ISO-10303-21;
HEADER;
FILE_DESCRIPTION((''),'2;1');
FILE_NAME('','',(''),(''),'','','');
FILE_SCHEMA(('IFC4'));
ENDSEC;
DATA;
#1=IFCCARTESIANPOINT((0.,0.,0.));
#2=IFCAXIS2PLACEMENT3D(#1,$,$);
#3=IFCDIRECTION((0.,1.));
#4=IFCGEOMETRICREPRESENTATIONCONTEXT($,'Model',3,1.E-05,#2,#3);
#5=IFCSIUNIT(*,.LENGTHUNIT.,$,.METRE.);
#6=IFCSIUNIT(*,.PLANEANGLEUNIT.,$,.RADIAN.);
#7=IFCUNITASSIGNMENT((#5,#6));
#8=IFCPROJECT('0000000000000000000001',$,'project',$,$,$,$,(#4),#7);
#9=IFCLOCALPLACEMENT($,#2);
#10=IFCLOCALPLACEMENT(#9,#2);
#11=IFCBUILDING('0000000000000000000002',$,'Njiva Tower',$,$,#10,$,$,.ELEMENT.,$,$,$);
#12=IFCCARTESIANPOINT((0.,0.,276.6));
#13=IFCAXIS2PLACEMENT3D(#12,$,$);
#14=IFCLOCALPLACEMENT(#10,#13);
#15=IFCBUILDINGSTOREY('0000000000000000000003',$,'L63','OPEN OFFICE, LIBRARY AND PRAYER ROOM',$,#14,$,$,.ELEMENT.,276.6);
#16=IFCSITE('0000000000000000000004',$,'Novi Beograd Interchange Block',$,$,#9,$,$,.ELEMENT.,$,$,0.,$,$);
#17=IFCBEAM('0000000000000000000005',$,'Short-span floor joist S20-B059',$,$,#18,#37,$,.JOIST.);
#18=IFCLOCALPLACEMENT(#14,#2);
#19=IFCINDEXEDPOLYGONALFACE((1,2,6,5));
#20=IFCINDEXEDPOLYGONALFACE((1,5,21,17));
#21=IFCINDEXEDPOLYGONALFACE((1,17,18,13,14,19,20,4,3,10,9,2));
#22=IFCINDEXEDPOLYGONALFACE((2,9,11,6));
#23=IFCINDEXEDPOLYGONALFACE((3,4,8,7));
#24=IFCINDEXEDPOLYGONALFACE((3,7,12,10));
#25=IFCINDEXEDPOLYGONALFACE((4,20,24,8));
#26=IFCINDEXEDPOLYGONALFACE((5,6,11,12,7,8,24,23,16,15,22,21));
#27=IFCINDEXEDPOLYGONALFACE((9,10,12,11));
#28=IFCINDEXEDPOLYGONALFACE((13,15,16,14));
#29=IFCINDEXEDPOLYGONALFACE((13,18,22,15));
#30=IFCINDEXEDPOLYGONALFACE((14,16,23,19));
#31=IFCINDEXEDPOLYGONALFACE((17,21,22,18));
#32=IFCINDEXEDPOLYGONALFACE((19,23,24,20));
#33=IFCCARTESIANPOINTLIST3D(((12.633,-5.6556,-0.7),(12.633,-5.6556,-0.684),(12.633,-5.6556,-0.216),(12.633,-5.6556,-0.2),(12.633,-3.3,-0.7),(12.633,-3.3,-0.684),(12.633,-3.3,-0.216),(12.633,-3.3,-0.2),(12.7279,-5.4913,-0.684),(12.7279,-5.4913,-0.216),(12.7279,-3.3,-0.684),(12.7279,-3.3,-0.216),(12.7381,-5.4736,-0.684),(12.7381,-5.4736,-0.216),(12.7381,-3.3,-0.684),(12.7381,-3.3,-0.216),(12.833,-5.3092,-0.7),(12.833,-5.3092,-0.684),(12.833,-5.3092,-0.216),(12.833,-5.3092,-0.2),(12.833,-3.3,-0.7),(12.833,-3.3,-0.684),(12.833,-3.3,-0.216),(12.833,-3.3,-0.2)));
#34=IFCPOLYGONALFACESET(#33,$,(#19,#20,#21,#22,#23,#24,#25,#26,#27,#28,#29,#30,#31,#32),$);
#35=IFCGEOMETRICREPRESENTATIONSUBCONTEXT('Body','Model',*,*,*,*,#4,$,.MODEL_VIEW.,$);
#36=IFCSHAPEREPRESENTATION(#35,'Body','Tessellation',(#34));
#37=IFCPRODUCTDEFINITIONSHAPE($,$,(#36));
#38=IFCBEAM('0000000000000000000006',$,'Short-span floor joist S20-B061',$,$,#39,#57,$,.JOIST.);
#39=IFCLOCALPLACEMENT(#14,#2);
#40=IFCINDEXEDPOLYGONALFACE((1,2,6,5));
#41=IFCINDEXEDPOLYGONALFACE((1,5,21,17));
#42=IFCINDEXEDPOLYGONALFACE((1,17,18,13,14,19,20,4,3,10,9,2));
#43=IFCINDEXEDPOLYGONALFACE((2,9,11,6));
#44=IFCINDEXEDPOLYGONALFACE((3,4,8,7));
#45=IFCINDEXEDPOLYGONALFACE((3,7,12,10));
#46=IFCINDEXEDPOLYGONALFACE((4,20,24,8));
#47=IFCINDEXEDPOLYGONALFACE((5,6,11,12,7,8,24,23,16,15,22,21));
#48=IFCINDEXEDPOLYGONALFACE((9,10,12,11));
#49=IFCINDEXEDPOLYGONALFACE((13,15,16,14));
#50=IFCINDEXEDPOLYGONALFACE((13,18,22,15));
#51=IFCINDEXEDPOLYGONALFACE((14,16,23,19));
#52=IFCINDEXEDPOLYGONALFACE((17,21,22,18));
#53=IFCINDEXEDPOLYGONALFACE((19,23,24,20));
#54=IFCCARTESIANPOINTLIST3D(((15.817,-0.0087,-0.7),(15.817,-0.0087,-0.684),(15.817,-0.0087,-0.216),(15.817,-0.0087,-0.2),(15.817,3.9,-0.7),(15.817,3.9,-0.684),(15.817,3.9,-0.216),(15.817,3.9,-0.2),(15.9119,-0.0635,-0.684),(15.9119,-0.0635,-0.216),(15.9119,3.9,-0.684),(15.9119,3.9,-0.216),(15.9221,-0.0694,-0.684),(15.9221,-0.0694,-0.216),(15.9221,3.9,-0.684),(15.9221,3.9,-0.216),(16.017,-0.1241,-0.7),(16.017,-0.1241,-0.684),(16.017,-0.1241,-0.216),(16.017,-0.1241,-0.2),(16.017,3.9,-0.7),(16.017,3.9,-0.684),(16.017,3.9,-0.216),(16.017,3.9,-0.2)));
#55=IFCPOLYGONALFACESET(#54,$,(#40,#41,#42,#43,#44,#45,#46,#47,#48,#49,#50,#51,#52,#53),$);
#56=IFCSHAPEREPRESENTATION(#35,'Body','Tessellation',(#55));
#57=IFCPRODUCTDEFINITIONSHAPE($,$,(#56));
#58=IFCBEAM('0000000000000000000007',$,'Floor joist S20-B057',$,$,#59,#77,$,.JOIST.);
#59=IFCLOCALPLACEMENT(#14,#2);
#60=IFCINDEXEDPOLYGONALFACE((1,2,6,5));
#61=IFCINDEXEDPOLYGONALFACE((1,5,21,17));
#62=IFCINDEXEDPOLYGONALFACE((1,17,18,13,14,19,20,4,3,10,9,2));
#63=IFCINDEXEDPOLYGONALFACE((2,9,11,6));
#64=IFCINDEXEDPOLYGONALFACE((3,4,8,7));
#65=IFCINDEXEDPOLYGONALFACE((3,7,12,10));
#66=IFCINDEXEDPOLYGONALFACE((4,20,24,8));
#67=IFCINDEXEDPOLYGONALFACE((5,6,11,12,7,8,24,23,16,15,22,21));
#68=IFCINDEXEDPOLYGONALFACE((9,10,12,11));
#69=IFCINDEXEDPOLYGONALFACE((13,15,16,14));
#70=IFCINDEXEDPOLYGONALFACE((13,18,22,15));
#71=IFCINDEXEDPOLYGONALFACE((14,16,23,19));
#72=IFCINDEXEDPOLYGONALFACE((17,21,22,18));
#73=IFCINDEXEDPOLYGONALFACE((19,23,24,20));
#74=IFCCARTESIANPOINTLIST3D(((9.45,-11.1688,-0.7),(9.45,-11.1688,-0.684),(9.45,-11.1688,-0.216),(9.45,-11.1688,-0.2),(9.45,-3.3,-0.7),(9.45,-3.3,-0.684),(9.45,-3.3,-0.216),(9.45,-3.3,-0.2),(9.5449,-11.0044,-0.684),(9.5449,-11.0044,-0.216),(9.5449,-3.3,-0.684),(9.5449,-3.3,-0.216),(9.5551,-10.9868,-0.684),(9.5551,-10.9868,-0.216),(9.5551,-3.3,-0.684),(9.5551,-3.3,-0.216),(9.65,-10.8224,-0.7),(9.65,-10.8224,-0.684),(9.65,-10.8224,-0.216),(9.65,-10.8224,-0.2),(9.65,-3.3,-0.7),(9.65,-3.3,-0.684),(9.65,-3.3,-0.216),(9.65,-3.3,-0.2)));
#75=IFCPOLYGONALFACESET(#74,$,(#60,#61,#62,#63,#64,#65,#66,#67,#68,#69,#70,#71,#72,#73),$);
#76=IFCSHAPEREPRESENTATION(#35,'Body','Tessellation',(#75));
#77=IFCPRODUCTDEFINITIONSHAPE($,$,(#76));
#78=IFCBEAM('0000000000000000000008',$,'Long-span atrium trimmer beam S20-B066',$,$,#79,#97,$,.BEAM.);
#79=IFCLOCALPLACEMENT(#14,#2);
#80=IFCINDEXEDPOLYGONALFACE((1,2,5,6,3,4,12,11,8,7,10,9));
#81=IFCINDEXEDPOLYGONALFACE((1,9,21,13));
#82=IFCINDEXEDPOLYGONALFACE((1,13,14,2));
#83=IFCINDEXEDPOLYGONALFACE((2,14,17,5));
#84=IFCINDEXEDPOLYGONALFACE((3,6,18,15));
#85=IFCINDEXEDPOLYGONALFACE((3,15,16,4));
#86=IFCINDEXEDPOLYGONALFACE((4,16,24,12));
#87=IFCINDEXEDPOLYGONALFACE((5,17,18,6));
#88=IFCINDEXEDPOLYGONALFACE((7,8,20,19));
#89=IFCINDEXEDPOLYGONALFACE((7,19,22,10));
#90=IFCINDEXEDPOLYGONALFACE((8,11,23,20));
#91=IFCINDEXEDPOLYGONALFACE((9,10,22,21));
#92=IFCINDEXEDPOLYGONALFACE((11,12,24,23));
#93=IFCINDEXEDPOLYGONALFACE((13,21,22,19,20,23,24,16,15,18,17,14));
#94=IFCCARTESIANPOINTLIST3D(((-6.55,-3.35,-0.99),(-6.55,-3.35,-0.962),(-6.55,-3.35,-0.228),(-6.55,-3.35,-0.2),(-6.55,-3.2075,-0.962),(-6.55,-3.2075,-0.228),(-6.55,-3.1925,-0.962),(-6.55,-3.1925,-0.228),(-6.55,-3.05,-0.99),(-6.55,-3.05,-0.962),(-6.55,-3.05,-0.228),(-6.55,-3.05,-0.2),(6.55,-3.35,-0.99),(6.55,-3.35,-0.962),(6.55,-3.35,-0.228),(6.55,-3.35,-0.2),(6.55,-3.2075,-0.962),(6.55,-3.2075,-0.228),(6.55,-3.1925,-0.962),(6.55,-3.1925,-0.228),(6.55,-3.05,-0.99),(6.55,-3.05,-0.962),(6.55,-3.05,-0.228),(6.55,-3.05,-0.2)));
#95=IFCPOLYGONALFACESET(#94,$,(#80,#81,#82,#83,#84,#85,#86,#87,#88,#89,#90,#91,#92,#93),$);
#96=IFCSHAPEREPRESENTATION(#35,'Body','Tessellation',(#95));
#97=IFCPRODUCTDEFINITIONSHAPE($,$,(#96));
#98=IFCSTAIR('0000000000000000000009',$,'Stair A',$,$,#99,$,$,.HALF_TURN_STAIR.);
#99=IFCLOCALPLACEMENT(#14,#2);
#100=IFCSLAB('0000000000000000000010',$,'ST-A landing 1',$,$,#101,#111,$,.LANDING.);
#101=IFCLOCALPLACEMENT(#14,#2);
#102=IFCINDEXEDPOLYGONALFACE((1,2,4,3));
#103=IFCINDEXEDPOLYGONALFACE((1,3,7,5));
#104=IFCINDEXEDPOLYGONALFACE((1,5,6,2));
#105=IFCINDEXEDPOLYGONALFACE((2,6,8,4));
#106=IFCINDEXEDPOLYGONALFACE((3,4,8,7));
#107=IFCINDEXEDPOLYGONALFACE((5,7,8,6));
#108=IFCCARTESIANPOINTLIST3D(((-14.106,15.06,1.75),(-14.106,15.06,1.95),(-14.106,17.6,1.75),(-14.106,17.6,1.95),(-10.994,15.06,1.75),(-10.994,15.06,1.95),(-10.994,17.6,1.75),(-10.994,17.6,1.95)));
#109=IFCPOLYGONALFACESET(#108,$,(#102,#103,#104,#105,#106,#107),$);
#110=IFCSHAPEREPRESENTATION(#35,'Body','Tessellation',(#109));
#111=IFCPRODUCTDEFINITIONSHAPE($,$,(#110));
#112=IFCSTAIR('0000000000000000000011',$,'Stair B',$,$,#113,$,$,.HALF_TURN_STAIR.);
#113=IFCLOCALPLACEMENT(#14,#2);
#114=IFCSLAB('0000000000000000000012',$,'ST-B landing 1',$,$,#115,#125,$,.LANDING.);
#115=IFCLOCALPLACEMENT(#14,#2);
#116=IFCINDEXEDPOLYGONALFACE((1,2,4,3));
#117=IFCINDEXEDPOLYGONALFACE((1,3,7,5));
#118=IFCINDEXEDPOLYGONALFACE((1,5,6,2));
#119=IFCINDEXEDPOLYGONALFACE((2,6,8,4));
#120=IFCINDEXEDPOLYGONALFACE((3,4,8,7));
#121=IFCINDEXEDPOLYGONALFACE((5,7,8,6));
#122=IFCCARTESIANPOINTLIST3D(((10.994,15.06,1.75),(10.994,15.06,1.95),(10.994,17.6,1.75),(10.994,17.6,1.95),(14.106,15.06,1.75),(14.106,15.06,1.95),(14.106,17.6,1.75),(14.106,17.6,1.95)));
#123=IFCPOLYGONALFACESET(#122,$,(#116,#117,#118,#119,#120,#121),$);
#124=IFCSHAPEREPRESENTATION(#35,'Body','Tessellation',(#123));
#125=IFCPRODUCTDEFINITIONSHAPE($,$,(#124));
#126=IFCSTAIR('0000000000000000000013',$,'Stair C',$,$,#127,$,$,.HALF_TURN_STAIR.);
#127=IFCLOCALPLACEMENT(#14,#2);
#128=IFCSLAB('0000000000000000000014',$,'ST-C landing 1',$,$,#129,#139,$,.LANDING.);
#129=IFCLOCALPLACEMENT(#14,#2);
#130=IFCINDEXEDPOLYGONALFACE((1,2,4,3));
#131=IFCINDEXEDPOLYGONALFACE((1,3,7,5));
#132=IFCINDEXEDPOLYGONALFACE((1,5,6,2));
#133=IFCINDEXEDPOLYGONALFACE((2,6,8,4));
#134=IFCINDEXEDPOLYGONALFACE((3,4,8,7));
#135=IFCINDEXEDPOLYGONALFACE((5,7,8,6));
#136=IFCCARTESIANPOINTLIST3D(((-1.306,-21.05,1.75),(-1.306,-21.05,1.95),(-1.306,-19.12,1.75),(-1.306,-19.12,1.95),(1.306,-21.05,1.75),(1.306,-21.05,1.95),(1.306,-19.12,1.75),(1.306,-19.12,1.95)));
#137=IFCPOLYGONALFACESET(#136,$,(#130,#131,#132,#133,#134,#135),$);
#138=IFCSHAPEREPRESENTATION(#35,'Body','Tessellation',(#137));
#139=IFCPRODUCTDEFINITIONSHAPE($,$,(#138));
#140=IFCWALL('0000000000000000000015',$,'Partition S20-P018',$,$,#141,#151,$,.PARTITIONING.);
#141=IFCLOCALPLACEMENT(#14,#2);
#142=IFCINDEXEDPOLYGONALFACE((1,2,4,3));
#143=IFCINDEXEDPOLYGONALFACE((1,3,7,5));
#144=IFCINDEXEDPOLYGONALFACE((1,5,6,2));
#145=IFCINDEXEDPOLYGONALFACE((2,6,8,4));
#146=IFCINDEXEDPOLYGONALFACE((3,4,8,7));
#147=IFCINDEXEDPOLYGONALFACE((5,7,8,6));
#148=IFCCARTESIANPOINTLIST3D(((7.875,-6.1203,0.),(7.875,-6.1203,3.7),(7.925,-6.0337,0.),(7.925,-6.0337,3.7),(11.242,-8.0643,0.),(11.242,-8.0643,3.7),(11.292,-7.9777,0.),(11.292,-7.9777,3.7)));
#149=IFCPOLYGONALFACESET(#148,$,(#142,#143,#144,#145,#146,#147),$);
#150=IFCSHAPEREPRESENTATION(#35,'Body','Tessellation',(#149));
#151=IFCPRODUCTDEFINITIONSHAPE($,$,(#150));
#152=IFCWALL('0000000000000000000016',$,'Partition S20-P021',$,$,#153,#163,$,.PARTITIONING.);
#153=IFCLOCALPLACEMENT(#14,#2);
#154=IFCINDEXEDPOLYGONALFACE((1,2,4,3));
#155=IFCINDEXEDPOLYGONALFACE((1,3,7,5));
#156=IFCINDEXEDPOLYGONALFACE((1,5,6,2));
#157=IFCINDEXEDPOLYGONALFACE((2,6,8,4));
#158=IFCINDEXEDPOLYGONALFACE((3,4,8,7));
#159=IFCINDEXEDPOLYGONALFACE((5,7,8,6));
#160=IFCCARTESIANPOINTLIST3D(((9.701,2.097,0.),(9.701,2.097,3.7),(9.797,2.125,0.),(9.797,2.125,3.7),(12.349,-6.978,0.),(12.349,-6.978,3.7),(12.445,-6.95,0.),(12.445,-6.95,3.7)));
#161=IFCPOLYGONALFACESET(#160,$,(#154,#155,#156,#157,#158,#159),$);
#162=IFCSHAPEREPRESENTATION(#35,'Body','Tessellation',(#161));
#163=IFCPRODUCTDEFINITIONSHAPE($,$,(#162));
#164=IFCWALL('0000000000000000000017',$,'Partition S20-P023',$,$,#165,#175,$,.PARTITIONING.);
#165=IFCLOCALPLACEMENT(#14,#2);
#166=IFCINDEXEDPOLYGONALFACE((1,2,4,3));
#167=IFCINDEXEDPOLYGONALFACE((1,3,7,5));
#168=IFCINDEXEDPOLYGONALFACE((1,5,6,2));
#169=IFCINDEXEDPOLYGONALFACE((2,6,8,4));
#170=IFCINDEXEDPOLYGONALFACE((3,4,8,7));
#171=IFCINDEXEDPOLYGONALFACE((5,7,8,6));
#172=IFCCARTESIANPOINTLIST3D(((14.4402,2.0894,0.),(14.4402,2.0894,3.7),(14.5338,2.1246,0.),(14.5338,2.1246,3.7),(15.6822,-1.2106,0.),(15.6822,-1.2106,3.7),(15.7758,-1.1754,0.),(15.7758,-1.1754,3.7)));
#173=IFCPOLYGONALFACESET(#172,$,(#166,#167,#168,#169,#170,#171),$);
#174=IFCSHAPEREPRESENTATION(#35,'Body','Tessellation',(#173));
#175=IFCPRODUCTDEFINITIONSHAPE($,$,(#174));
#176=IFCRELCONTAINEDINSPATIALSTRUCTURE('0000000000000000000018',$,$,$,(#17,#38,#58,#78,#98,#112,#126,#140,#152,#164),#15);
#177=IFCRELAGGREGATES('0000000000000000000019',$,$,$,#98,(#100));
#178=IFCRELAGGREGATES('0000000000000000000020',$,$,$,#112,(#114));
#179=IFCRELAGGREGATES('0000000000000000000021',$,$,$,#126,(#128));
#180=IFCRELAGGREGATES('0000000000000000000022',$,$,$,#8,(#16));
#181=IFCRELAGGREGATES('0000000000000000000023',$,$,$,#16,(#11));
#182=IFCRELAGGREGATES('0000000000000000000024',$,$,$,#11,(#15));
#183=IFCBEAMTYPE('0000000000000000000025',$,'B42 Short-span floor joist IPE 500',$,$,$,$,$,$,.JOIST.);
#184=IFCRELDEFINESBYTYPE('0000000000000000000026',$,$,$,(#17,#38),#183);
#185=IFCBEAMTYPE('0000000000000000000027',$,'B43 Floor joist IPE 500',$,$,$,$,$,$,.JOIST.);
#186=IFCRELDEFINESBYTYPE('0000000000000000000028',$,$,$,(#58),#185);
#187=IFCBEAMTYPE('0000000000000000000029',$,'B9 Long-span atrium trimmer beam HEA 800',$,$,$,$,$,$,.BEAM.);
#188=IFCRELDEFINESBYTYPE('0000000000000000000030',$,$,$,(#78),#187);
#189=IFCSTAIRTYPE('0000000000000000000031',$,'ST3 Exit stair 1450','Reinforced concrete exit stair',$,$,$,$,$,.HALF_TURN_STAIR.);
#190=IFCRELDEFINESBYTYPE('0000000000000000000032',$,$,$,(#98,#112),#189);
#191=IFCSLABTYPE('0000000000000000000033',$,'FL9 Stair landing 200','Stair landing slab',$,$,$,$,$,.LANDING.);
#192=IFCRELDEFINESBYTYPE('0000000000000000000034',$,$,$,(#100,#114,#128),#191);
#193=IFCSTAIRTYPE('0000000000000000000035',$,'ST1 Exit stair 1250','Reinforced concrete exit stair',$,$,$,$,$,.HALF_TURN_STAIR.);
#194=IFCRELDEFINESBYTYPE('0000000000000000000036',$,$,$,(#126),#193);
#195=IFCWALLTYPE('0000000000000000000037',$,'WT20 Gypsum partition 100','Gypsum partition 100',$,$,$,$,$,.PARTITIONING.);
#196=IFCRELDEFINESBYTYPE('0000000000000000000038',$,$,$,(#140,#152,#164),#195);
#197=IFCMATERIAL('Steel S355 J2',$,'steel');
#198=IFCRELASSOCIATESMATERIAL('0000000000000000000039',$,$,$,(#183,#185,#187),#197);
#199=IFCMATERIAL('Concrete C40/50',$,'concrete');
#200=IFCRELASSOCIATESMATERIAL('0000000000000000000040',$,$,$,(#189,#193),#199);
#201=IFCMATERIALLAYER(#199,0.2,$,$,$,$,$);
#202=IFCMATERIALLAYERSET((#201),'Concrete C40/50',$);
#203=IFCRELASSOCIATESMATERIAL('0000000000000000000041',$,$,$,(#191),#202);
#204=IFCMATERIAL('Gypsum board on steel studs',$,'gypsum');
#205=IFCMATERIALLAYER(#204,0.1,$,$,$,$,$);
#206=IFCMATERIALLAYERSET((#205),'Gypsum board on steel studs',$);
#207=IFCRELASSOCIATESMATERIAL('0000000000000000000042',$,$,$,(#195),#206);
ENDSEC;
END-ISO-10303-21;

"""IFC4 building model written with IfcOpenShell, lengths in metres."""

from ifc_helpers import new_model, si_unit, direction, frame, frame_2d, origin, origin_2d, place, context, subcontext, project, spatial, polyline, rectangle, i_section, outline, extrude, clip, halfspace, material, layer, layer_set, material_profile, profile_set, type_object, element, aggregate, save


model = new_model("IFC4")

# Units and contexts
model_context = context("Model", 3, precision=1e-05, world=origin(), true_north=direction((0.0, 1.0)))
body_context = subcontext(model_context, "Body", "Model", "MODEL_VIEW")
ifc_project = project(units=[si_unit("LENGTHUNIT", "METRE"), si_unit("PLANEANGLEUNIT", "RADIAN")], contexts=[model_context])

# Site, building, storey
site_placement = place(None, origin())
site = spatial("IfcSite", under=ifc_project, at=site_placement, Name="Novi Beograd Interchange Block", CompositionType="ELEMENT", RefElevation=0.0)
building_placement = place(site_placement, origin())
building = spatial("IfcBuilding", under=site, at=building_placement, Name="Njiva Tower", CompositionType="ELEMENT")
storey_placement = place(building_placement, frame((0.0, 0.0, 276.6)))
storey = spatial("IfcBuildingStorey", under=building, at=storey_placement, Name="L63", Description="OPEN OFFICE, LIBRARY AND PRAYER ROOM", CompositionType="ELEMENT", Elevation=276.6)

# Shared definitions
ifc_material_1 = material(Name="Steel S355 J2", Category="steel")

# Beams
ifc_material_profile_1 = material_profile(ifc_material_1, i_section(OverallWidth=0.2, OverallDepth=0.5, WebThickness=0.0102, FlangeThickness=0.016, at=origin_2d()), Name="IPE 500")
ifc_profile_set_1 = profile_set([ifc_material_profile_1], Name="Steel S355 J2")
beam_type_1 = type_object("IfcBeamType", Name="B42 Short-span floor joist IPE 500", PredefinedType="JOIST", material=ifc_profile_set_1)
beam_1_placement = place(storey_placement, frame((12.733, -3.3, -0.45), z_axis=(0.0, -1.0, 0.0), x_axis=(1.0, 0.0, 0.0)))
element("IfcBeam", 1, at=beam_1_placement, inside=storey, type_object=beam_type_1, Name="Short-span floor joist S20-B059", PredefinedType="JOIST", context=body_context, shape_type="Clipping", body=[
    clip(extrude(i_section(OverallWidth=0.2, OverallDepth=0.5, WebThickness=0.0102, FlangeThickness=0.016, at=origin_2d()), origin(), (0.0, 0.0, 1.0), 2.375), halfspace(frame((0.0436, 0.0, 2.1069), z_axis=(0.866027, 0.0, 0.499998), x_axis=(0.0, 1.0, 0.0)), False)),
])
beam_2_placement = place(storey_placement, frame((15.917, 3.9, -0.45), z_axis=(0.0, -1.0, 0.0), x_axis=(1.0, 0.0, 0.0)))
element("IfcBeam", 2, at=beam_2_placement, inside=storey, type_object=beam_type_1, Name="Short-span floor joist S20-B061", PredefinedType="JOIST", context=body_context, shape_type="Clipping", body=[
    clip(extrude(i_section(OverallWidth=0.2, OverallDepth=0.5, WebThickness=0.0102, FlangeThickness=0.016, at=origin_2d()), origin(), (0.0, 0.0, 1.0), 4.044), halfspace(frame((-0.0253, 0.0, 3.9518), z_axis=(-0.499998, 0.0, 0.866027), x_axis=(0.0, 1.0, 0.0)), False)),
])
ifc_material_profile_2 = material_profile(ifc_material_1, i_section(OverallWidth=0.2, OverallDepth=0.5, WebThickness=0.0102, FlangeThickness=0.016, at=origin_2d()), Name="IPE 500")
ifc_profile_set_2 = profile_set([ifc_material_profile_2], Name="Steel S355 J2")
beam_type_2 = type_object("IfcBeamType", Name="B43 Floor joist IPE 500", PredefinedType="JOIST", material=ifc_profile_set_2)
beam_3_placement = place(storey_placement, frame((9.55, -3.3, -0.45), z_axis=(0.0, -1.0, 0.0), x_axis=(1.0, 0.0, 0.0)))
element("IfcBeam", 3, at=beam_3_placement, inside=storey, type_object=beam_type_2, Name="Floor joist S20-B057", PredefinedType="JOIST", context=body_context, shape_type="Clipping", body=[
    clip(extrude(i_section(OverallWidth=0.2, OverallDepth=0.5, WebThickness=0.0102, FlangeThickness=0.016, at=origin_2d()), origin(), (0.0, 0.0, 1.0), 7.889), halfspace(frame((0.0433, 0.0, 7.6206), z_axis=(0.866027, 0.0, 0.499998), x_axis=(0.0, 1.0, 0.0)), False)),
])
ifc_material_profile_3 = material_profile(ifc_material_1, i_section(OverallWidth=0.3, OverallDepth=0.79, WebThickness=0.015, FlangeThickness=0.028, at=origin_2d()), Name="HEA 800")
ifc_profile_set_3 = profile_set([ifc_material_profile_3], Name="Steel S355 J2")
beam_type_3 = type_object("IfcBeamType", Name="B9 Long-span atrium trimmer beam HEA 800", PredefinedType="BEAM", material=ifc_profile_set_3)
beam_4_placement = place(storey_placement, frame((6.55, -3.2, -0.595), z_axis=(-1.0, 0.0, 0.0), x_axis=(0.0, -1.0, 0.0)))
element("IfcBeam", 4, at=beam_4_placement, inside=storey, type_object=beam_type_3, Name="Long-span atrium trimmer beam S20-B066", PredefinedType="BEAM", context=body_context, shape_type="SweptSolid", body=[
    extrude(i_section(OverallWidth=0.3, OverallDepth=0.79, WebThickness=0.015, FlangeThickness=0.028, at=origin_2d()), origin(), (0.0, 0.0, 1.0), 13.1),
])

# Stairs, slabs
ifc_material_2 = material(Name="Concrete C40/50", Category="concrete")
stair_type_1 = type_object("IfcStairType", Name="ST3 Exit stair 1450", Description="Reinforced concrete exit stair", PredefinedType="HALF_TURN_STAIR", material=ifc_material_2)
stair_1_placement = place(storey_placement, origin())
stair_1 = element("IfcStair", 5, at=stair_1_placement, inside=storey, type_object=stair_type_1, Name="Stair A", PredefinedType="HALF_TURN_STAIR")
ifc_layer_1 = layer(ifc_material_2, 0.2)
ifc_layer_set_1 = layer_set([ifc_layer_1], Name="Concrete C40/50")
slab_type = type_object("IfcSlabType", Name="FL9 Stair landing 200", Description="Stair landing slab", PredefinedType="LANDING", material=ifc_layer_set_1)
slab_1_placement = place(storey_placement, frame((0.0, 0.0, 1.75)))
slab_1 = element("IfcSlab", 6, at=slab_1_placement, type_object=slab_type, Name="ST-A landing 1", PredefinedType="LANDING", context=body_context, shape_type="SweptSolid", body=[
    extrude(outline(polyline([(-14.106, 15.06), (-10.994, 15.06), (-10.994, 17.6), (-14.106, 17.6), (-14.106, 15.06)])), origin(), (0.0, 0.0, 1.0), 0.2),
])
aggregate(stair_1, [slab_1])
stair_2_placement = place(storey_placement, origin())
stair_2 = element("IfcStair", 7, at=stair_2_placement, inside=storey, type_object=stair_type_1, Name="Stair B", PredefinedType="HALF_TURN_STAIR")
slab_2_placement = place(storey_placement, frame((0.0, 0.0, 1.75)))
slab_2 = element("IfcSlab", 8, at=slab_2_placement, type_object=slab_type, Name="ST-B landing 1", PredefinedType="LANDING", context=body_context, shape_type="SweptSolid", body=[
    extrude(outline(polyline([(10.994, 15.06), (14.106, 15.06), (14.106, 17.6), (10.994, 17.6), (10.994, 15.06)])), origin(), (0.0, 0.0, 1.0), 0.2),
])
aggregate(stair_2, [slab_2])
stair_type_2 = type_object("IfcStairType", Name="ST1 Exit stair 1250", Description="Reinforced concrete exit stair", PredefinedType="HALF_TURN_STAIR", material=ifc_material_2)
stair_3_placement = place(storey_placement, origin())
stair_3 = element("IfcStair", 9, at=stair_3_placement, inside=storey, type_object=stair_type_2, Name="Stair C", PredefinedType="HALF_TURN_STAIR")
slab_3_placement = place(storey_placement, frame((0.0, 0.0, 1.75)))
slab_3 = element("IfcSlab", 10, at=slab_3_placement, type_object=slab_type, Name="ST-C landing 1", PredefinedType="LANDING", context=body_context, shape_type="SweptSolid", body=[
    extrude(outline(polyline([(-1.306, -21.05), (1.306, -21.05), (1.306, -19.12), (-1.306, -19.12), (-1.306, -21.05)])), origin(), (0.0, 0.0, 1.0), 0.2),
])
aggregate(stair_3, [slab_3])

# Walls
ifc_material_3 = material(Name="Gypsum board on steel studs", Category="gypsum")
ifc_layer_2 = layer(ifc_material_3, 0.1)
ifc_layer_set_2 = layer_set([ifc_layer_2], Name="Gypsum board on steel studs")
wall_type_1 = type_object("IfcWallType", Name="WT20 Gypsum partition 100", Description="Gypsum partition 100", PredefinedType="PARTITIONING", material=ifc_layer_set_2)
wall_1_placement = place(storey_placement, frame((7.9, -6.077, 0.0), z_axis=(0.0, 0.0, 1.0), x_axis=(0.866019, -0.500012, 0.0)))
element("IfcWall", 11, at=wall_1_placement, inside=storey, type_object=wall_type_1, Name="Partition S20-P018", PredefinedType="PARTITIONING", context=body_context, shape_type="SweptSolid", body=[
    extrude(rectangle(XDim=3.8879, YDim=0.1, at=frame_2d((1.944, 0.0))), origin(), (0.0, 0.0, 1.0), 3.7),
])
wall_2_placement = place(storey_placement, frame((9.749, 2.111, 0.0), z_axis=(0.0, 0.0, 1.0), x_axis=(0.28011, -0.959968, 0.0)))
element("IfcWall", 12, at=wall_2_placement, inside=storey, type_object=wall_type_1, Name="Partition S20-P021", PredefinedType="PARTITIONING", context=body_context, shape_type="SweptSolid", body=[
    extrude(rectangle(XDim=9.4534, YDim=0.1, at=frame_2d((4.7267, 0.0))), origin(), (0.0, 0.0, 1.0), 3.7),
])
wall_3_placement = place(storey_placement, frame((14.487, 2.107, 0.0), z_axis=(0.0, 0.0, 1.0), x_axis=(0.352242, -0.935909, 0.0)))
element("IfcWall", 13, at=wall_3_placement, inside=storey, type_object=wall_type_1, Name="Partition S20-P023", PredefinedType="PARTITIONING", context=body_context, shape_type="SweptSolid", body=[
    extrude(rectangle(XDim=3.526, YDim=0.1, at=frame_2d((1.763, 0.0))), origin(), (0.0, 0.0, 1.0), 3.7),
])

save(model, "model.ifc")
